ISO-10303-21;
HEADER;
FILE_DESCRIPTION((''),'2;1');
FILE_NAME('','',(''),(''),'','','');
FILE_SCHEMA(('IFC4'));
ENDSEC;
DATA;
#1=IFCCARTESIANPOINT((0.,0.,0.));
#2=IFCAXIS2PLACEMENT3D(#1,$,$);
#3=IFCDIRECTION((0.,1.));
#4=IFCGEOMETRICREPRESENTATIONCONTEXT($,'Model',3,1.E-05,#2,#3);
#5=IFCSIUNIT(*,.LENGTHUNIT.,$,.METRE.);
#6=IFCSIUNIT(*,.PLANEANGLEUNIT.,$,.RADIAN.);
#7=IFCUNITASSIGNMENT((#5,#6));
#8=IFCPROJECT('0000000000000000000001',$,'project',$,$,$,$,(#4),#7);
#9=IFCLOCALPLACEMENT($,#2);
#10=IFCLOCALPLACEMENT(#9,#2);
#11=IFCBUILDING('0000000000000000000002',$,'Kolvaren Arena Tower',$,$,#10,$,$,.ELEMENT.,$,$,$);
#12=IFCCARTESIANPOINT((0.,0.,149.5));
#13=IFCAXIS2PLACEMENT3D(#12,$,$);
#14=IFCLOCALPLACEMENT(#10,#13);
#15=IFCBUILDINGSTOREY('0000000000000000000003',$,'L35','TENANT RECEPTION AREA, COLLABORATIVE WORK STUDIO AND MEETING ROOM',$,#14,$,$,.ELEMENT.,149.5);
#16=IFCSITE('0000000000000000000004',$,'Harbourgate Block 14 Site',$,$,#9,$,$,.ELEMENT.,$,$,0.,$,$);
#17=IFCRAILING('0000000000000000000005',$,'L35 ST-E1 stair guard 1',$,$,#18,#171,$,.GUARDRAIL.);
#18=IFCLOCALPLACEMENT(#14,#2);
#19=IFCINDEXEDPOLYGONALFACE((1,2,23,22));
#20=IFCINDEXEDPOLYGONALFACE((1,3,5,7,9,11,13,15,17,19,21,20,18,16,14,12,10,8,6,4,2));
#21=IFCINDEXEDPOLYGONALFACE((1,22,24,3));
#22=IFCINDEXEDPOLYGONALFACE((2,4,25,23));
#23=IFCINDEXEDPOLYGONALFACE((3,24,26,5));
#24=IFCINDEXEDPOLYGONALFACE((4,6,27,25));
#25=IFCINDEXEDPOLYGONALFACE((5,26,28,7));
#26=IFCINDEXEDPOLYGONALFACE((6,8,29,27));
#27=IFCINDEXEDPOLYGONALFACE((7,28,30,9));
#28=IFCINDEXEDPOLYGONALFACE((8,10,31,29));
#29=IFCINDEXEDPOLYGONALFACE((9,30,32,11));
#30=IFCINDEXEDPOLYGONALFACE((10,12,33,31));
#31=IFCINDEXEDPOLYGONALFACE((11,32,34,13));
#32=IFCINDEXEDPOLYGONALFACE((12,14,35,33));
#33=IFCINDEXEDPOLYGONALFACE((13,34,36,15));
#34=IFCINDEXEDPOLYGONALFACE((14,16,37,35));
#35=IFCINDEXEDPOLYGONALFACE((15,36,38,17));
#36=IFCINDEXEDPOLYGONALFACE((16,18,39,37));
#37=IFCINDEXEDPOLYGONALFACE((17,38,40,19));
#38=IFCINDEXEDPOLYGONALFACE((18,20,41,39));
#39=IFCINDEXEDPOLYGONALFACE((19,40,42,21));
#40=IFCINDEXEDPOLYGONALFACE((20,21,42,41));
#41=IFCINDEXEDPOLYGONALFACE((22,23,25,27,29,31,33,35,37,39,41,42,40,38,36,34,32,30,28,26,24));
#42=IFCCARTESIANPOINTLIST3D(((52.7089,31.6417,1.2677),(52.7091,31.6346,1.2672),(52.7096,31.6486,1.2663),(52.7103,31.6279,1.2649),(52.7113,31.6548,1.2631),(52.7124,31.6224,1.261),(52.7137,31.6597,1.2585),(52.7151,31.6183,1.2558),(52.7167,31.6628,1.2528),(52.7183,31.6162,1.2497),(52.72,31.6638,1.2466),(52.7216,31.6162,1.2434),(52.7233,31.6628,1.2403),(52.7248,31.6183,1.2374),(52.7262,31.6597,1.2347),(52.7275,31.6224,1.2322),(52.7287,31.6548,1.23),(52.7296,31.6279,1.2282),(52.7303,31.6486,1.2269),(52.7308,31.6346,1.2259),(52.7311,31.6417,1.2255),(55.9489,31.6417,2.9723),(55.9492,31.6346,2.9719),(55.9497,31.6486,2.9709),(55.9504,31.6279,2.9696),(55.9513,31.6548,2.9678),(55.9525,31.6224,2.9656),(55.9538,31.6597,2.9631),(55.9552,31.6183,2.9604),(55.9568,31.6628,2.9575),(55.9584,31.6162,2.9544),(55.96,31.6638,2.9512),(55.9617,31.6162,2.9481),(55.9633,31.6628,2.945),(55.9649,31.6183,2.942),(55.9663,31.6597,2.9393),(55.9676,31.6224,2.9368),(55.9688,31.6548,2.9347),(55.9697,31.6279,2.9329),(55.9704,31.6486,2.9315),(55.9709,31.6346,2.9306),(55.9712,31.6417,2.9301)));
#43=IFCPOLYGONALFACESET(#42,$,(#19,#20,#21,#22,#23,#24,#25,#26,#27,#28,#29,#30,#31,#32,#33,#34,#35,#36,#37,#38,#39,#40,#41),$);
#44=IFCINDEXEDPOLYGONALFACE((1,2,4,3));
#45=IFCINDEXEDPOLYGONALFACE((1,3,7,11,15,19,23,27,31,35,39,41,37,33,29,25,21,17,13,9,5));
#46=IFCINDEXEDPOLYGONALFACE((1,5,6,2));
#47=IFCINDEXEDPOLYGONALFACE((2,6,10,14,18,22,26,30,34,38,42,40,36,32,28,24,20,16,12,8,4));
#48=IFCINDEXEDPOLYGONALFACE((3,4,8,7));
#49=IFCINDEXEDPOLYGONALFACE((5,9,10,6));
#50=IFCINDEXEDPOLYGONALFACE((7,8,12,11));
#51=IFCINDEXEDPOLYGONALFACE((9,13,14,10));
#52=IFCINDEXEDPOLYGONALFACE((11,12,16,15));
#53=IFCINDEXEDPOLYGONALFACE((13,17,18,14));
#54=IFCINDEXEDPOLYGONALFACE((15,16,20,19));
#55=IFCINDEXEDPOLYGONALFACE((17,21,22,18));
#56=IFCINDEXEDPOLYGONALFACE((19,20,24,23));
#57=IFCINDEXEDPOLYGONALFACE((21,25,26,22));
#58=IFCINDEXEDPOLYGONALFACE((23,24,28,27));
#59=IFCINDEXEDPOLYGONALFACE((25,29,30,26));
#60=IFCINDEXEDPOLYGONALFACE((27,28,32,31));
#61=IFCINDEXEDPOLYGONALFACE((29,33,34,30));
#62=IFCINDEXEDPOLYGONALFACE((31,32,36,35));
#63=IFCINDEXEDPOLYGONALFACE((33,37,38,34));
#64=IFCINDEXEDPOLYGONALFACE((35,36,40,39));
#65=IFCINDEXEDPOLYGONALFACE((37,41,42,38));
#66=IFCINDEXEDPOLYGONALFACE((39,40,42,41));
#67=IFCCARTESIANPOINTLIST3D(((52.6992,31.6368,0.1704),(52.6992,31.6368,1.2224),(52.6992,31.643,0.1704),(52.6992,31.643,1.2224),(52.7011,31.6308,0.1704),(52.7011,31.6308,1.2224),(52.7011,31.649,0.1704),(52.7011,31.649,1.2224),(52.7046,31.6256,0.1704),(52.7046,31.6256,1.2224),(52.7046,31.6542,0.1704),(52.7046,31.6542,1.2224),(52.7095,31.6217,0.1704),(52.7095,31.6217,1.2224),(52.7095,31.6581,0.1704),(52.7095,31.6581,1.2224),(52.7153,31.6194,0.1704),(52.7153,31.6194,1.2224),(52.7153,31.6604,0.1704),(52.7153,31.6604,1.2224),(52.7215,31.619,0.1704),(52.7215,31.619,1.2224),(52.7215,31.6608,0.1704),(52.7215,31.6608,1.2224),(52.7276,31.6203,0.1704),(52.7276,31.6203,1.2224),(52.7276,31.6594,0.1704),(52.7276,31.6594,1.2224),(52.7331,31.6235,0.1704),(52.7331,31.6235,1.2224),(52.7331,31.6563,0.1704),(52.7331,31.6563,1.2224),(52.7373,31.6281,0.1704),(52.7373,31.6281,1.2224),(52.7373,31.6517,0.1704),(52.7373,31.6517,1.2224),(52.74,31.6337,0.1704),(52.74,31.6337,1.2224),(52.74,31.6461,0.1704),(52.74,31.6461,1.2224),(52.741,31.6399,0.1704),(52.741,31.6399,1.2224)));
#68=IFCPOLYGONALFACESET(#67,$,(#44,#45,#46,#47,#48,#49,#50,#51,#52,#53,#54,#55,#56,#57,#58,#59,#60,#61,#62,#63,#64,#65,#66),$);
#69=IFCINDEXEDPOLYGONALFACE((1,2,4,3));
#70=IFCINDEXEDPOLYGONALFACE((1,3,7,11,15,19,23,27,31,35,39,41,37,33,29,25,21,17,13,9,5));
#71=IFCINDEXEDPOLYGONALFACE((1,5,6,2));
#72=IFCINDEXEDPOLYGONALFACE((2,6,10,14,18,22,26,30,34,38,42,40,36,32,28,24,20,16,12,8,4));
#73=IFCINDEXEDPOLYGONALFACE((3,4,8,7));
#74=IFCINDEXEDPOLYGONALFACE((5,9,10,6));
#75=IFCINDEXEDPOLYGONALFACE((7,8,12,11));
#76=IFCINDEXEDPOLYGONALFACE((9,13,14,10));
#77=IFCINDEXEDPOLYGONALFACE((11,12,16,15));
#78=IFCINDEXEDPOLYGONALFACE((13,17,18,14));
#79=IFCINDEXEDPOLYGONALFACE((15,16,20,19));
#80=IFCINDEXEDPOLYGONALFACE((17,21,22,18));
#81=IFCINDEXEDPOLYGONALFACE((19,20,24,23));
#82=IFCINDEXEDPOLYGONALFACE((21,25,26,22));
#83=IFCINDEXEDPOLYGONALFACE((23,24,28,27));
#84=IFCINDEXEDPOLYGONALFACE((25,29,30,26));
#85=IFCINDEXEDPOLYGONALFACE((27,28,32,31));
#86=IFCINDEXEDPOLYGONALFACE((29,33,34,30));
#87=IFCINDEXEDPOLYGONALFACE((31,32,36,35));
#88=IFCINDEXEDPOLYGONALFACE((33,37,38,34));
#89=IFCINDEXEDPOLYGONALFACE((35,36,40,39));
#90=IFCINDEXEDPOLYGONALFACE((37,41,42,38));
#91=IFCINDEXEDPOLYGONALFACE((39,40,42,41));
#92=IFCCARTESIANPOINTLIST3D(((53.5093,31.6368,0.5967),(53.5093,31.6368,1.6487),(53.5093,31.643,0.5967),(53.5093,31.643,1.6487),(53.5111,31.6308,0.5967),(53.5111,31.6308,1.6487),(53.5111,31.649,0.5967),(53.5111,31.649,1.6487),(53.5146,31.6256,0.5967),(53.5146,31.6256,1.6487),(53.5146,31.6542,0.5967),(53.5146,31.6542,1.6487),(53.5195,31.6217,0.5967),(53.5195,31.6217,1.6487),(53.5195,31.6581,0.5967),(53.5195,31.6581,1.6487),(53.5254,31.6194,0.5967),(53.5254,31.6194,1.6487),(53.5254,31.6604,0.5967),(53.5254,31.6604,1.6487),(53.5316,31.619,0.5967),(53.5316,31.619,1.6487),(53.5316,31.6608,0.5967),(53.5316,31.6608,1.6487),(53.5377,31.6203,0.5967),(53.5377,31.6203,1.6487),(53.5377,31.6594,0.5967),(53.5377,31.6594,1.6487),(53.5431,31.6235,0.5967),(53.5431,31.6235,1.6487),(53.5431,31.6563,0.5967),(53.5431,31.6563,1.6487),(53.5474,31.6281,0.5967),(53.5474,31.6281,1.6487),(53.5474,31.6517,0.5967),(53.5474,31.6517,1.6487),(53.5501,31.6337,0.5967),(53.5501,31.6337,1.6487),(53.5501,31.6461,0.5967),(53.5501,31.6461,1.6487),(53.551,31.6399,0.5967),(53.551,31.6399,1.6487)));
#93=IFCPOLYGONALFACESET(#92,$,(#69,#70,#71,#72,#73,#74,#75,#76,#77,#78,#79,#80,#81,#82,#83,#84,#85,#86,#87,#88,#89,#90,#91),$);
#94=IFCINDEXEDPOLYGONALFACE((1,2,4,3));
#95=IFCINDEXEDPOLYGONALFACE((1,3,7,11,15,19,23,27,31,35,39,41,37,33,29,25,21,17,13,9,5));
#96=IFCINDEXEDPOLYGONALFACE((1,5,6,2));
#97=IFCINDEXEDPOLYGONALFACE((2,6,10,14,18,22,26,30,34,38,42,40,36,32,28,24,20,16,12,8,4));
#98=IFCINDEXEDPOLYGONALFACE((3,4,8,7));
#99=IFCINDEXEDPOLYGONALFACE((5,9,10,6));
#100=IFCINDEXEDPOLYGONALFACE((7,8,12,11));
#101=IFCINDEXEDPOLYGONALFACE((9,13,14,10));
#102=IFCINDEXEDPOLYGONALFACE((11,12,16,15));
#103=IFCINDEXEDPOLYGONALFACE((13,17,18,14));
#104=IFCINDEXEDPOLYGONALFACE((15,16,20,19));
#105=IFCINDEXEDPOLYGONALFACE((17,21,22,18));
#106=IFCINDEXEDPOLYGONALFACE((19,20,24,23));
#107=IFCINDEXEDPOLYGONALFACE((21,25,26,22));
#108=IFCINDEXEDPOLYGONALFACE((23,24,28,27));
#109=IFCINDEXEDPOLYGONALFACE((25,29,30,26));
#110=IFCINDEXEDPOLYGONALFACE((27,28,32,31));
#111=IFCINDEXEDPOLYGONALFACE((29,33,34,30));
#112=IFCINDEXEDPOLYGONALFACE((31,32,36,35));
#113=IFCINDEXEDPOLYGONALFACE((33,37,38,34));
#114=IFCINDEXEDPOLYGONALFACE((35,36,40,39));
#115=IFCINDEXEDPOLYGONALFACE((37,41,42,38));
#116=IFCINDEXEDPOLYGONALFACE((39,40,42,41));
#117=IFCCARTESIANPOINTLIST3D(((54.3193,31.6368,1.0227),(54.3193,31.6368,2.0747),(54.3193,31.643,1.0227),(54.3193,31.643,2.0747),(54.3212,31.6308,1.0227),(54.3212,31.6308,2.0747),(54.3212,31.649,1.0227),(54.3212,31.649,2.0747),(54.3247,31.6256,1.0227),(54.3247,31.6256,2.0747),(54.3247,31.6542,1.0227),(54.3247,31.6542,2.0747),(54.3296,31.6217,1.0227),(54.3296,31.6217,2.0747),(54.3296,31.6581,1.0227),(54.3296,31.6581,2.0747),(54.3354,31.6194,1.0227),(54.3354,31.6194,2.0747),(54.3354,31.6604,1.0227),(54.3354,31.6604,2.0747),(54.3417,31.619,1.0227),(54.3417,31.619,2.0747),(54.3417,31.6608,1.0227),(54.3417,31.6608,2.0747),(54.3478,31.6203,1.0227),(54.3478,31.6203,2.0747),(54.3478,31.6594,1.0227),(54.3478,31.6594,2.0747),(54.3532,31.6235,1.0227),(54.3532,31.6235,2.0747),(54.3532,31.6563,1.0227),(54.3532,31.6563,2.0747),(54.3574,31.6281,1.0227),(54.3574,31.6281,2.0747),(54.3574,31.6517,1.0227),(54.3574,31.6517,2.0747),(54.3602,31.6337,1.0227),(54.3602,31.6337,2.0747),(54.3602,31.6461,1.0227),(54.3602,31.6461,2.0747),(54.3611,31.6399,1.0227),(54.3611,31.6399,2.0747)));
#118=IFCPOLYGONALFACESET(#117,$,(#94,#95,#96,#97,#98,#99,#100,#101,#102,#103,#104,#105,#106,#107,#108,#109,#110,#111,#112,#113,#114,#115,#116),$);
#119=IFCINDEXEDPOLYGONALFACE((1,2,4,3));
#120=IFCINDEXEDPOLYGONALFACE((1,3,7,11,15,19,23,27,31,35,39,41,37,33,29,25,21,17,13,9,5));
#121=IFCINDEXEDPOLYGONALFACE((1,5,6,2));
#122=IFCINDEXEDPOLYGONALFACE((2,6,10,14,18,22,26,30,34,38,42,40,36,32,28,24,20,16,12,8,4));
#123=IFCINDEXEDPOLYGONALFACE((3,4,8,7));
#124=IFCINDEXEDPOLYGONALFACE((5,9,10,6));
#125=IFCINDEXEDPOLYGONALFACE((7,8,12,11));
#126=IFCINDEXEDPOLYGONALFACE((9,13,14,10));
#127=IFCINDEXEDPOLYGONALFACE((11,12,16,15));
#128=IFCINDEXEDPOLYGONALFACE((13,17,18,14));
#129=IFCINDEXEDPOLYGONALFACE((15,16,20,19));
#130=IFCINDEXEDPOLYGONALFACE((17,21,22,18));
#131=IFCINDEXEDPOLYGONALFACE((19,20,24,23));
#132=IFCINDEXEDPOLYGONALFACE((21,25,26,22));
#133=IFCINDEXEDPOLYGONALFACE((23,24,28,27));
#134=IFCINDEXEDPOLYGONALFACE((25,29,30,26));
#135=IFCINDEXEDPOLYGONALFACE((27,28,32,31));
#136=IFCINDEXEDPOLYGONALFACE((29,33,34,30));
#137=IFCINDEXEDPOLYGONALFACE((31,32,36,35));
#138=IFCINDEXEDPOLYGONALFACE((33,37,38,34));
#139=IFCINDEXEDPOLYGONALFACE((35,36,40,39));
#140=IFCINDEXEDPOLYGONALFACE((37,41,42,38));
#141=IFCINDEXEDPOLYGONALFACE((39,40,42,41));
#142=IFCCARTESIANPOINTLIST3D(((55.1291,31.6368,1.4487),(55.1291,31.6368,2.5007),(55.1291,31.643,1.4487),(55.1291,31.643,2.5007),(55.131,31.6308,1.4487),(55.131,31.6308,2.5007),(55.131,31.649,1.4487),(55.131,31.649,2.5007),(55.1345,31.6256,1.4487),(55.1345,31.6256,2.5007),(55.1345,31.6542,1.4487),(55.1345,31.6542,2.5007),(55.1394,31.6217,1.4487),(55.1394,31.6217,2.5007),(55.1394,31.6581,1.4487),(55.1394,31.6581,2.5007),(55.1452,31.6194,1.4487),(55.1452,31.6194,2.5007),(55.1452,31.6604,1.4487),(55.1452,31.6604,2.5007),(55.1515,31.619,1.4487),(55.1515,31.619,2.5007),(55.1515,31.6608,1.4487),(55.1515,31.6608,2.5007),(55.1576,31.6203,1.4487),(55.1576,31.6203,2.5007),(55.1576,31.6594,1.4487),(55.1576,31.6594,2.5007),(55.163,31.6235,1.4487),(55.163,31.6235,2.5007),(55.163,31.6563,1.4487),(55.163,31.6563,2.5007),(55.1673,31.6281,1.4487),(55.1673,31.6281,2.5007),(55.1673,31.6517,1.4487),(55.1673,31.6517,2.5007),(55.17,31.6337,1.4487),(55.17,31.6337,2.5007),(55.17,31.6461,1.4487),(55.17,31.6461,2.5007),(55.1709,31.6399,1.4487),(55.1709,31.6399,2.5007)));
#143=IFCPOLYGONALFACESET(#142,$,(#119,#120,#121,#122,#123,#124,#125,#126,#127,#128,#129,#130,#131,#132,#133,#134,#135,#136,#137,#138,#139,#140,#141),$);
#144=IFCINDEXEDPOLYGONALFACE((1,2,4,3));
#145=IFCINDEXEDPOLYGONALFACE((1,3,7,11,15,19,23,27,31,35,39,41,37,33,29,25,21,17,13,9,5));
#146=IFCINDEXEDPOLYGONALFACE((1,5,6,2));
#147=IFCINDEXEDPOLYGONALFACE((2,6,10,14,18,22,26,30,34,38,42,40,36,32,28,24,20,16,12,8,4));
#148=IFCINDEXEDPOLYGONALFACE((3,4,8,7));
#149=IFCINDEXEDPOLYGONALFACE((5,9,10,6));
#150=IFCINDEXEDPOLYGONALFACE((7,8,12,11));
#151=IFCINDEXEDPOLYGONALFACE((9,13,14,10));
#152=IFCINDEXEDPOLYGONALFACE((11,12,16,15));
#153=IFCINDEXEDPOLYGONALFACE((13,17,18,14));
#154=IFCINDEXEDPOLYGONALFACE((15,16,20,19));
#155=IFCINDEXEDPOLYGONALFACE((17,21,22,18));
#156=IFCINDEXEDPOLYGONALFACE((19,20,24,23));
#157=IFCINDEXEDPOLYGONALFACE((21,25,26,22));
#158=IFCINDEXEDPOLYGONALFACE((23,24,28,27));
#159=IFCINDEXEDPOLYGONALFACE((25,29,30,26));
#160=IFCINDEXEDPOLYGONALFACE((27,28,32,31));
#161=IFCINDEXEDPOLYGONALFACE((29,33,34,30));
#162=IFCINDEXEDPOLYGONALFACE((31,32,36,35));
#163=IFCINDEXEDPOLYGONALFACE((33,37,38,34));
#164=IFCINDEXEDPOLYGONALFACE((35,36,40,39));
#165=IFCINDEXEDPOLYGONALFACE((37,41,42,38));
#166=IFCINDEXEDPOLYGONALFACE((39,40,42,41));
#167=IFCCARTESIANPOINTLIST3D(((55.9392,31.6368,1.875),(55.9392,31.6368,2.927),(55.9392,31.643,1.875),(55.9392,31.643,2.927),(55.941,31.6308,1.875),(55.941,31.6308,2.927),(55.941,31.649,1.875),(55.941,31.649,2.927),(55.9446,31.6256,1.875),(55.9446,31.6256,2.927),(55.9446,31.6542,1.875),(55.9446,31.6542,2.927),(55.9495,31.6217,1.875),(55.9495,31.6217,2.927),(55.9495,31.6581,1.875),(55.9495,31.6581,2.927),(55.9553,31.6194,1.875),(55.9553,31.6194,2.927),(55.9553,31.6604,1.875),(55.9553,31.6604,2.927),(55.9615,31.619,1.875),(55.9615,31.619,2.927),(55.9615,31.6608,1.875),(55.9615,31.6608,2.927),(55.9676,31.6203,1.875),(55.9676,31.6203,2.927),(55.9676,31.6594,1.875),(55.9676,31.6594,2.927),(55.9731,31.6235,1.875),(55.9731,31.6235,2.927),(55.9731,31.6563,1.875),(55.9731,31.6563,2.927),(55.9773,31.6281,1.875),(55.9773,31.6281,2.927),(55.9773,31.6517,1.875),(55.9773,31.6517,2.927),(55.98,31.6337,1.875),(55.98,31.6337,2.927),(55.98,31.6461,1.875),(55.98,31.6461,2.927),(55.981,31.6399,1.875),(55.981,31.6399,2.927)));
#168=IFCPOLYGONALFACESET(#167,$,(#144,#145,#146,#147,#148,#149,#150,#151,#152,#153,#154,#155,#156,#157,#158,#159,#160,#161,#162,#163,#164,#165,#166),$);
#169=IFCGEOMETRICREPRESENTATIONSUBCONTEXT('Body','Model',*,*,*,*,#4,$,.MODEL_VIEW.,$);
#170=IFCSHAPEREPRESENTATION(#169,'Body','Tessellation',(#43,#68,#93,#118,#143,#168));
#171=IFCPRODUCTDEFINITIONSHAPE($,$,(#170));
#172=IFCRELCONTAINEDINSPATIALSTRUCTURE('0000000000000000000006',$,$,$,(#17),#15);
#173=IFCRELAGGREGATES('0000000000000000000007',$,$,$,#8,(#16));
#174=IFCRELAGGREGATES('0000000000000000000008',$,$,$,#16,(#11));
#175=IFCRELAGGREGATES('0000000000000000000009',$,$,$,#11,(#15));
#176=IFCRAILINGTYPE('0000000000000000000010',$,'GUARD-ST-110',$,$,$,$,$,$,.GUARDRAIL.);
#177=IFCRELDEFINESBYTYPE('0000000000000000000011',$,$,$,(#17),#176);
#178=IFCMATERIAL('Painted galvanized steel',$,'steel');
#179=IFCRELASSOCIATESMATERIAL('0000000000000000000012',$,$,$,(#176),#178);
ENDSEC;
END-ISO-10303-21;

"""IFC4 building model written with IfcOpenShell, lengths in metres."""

from ifc_helpers import new_model, si_unit, direction, frame, origin, origin_2d, place, context, subcontext, project, spatial, circle, extrude, material, type_object, element, save


model = new_model("IFC4")

# Units and contexts
model_context = context("Model", 3, precision=1e-05, world=origin(), true_north=direction((0.0, 1.0)))
body_context = subcontext(model_context, "Body", "Model", "MODEL_VIEW")
ifc_project = project(units=[si_unit("LENGTHUNIT", "METRE"), si_unit("PLANEANGLEUNIT", "RADIAN")], contexts=[model_context])

# Site, building, storey
site_placement = place(None, origin())
site = spatial("IfcSite", under=ifc_project, at=site_placement, Name="Harbourgate Block 14 Site", CompositionType="ELEMENT", RefElevation=0.0)
building_placement = place(site_placement, origin())
building = spatial("IfcBuilding", under=site, at=building_placement, Name="Kolvaren Arena Tower", CompositionType="ELEMENT")
storey_placement = place(building_placement, frame((0.0, 0.0, 149.5)))
storey = spatial("IfcBuildingStorey", under=building, at=storey_placement, Name="L35", Description="TENANT RECEPTION AREA, COLLABORATIVE WORK STUDIO AND MEETING ROOM", CompositionType="ELEMENT", Elevation=149.5)

# Railing
ifc_material_1 = material(Name="Painted galvanized steel", Category="steel")
railing_type_1 = type_object("IfcRailingType", Name="GUARD-ST-110", PredefinedType="GUARDRAIL", material=ifc_material_1)
railing_1_placement = place(storey_placement, frame((52.72, 31.6399, 0.1704)))
element("IfcRailing", 1, at=railing_1_placement, inside=storey, type_object=railing_type_1, Name="L35 ST-E1 stair guard 1", PredefinedType="GUARDRAIL", context=body_context, shape_type="SweptSolid", body=[
    extrude(circle(Radius=0.0239, at=origin_2d()), frame((0.0, 0.0, 1.0762), z_axis=(0.884993, 0.0, 0.465604), x_axis=(0.0, 1.0, 0.0)), (0.0, 0.0, 1.0), 3.6611),
    extrude(circle(Radius=0.021, at=origin_2d()), origin(), (0.0, 0.0, 1.0), 1.052),
    extrude(circle(Radius=0.021, at=origin_2d()), frame((0.8101, 0.0, 0.4263)), (0.0, 0.0, 1.0), 1.052),
    extrude(circle(Radius=0.021, at=origin_2d()), frame((1.6201, 0.0, 0.8523)), (0.0, 0.0, 1.0), 1.052),
    extrude(circle(Radius=0.021, at=origin_2d()), frame((2.4299, 0.0, 1.2783)), (0.0, 0.0, 1.0), 1.052),
    extrude(circle(Radius=0.021, at=origin_2d()), frame((3.24, 0.0, 1.7046)), (0.0, 0.0, 1.0), 1.052),
])

save(model, "model.ifc")
